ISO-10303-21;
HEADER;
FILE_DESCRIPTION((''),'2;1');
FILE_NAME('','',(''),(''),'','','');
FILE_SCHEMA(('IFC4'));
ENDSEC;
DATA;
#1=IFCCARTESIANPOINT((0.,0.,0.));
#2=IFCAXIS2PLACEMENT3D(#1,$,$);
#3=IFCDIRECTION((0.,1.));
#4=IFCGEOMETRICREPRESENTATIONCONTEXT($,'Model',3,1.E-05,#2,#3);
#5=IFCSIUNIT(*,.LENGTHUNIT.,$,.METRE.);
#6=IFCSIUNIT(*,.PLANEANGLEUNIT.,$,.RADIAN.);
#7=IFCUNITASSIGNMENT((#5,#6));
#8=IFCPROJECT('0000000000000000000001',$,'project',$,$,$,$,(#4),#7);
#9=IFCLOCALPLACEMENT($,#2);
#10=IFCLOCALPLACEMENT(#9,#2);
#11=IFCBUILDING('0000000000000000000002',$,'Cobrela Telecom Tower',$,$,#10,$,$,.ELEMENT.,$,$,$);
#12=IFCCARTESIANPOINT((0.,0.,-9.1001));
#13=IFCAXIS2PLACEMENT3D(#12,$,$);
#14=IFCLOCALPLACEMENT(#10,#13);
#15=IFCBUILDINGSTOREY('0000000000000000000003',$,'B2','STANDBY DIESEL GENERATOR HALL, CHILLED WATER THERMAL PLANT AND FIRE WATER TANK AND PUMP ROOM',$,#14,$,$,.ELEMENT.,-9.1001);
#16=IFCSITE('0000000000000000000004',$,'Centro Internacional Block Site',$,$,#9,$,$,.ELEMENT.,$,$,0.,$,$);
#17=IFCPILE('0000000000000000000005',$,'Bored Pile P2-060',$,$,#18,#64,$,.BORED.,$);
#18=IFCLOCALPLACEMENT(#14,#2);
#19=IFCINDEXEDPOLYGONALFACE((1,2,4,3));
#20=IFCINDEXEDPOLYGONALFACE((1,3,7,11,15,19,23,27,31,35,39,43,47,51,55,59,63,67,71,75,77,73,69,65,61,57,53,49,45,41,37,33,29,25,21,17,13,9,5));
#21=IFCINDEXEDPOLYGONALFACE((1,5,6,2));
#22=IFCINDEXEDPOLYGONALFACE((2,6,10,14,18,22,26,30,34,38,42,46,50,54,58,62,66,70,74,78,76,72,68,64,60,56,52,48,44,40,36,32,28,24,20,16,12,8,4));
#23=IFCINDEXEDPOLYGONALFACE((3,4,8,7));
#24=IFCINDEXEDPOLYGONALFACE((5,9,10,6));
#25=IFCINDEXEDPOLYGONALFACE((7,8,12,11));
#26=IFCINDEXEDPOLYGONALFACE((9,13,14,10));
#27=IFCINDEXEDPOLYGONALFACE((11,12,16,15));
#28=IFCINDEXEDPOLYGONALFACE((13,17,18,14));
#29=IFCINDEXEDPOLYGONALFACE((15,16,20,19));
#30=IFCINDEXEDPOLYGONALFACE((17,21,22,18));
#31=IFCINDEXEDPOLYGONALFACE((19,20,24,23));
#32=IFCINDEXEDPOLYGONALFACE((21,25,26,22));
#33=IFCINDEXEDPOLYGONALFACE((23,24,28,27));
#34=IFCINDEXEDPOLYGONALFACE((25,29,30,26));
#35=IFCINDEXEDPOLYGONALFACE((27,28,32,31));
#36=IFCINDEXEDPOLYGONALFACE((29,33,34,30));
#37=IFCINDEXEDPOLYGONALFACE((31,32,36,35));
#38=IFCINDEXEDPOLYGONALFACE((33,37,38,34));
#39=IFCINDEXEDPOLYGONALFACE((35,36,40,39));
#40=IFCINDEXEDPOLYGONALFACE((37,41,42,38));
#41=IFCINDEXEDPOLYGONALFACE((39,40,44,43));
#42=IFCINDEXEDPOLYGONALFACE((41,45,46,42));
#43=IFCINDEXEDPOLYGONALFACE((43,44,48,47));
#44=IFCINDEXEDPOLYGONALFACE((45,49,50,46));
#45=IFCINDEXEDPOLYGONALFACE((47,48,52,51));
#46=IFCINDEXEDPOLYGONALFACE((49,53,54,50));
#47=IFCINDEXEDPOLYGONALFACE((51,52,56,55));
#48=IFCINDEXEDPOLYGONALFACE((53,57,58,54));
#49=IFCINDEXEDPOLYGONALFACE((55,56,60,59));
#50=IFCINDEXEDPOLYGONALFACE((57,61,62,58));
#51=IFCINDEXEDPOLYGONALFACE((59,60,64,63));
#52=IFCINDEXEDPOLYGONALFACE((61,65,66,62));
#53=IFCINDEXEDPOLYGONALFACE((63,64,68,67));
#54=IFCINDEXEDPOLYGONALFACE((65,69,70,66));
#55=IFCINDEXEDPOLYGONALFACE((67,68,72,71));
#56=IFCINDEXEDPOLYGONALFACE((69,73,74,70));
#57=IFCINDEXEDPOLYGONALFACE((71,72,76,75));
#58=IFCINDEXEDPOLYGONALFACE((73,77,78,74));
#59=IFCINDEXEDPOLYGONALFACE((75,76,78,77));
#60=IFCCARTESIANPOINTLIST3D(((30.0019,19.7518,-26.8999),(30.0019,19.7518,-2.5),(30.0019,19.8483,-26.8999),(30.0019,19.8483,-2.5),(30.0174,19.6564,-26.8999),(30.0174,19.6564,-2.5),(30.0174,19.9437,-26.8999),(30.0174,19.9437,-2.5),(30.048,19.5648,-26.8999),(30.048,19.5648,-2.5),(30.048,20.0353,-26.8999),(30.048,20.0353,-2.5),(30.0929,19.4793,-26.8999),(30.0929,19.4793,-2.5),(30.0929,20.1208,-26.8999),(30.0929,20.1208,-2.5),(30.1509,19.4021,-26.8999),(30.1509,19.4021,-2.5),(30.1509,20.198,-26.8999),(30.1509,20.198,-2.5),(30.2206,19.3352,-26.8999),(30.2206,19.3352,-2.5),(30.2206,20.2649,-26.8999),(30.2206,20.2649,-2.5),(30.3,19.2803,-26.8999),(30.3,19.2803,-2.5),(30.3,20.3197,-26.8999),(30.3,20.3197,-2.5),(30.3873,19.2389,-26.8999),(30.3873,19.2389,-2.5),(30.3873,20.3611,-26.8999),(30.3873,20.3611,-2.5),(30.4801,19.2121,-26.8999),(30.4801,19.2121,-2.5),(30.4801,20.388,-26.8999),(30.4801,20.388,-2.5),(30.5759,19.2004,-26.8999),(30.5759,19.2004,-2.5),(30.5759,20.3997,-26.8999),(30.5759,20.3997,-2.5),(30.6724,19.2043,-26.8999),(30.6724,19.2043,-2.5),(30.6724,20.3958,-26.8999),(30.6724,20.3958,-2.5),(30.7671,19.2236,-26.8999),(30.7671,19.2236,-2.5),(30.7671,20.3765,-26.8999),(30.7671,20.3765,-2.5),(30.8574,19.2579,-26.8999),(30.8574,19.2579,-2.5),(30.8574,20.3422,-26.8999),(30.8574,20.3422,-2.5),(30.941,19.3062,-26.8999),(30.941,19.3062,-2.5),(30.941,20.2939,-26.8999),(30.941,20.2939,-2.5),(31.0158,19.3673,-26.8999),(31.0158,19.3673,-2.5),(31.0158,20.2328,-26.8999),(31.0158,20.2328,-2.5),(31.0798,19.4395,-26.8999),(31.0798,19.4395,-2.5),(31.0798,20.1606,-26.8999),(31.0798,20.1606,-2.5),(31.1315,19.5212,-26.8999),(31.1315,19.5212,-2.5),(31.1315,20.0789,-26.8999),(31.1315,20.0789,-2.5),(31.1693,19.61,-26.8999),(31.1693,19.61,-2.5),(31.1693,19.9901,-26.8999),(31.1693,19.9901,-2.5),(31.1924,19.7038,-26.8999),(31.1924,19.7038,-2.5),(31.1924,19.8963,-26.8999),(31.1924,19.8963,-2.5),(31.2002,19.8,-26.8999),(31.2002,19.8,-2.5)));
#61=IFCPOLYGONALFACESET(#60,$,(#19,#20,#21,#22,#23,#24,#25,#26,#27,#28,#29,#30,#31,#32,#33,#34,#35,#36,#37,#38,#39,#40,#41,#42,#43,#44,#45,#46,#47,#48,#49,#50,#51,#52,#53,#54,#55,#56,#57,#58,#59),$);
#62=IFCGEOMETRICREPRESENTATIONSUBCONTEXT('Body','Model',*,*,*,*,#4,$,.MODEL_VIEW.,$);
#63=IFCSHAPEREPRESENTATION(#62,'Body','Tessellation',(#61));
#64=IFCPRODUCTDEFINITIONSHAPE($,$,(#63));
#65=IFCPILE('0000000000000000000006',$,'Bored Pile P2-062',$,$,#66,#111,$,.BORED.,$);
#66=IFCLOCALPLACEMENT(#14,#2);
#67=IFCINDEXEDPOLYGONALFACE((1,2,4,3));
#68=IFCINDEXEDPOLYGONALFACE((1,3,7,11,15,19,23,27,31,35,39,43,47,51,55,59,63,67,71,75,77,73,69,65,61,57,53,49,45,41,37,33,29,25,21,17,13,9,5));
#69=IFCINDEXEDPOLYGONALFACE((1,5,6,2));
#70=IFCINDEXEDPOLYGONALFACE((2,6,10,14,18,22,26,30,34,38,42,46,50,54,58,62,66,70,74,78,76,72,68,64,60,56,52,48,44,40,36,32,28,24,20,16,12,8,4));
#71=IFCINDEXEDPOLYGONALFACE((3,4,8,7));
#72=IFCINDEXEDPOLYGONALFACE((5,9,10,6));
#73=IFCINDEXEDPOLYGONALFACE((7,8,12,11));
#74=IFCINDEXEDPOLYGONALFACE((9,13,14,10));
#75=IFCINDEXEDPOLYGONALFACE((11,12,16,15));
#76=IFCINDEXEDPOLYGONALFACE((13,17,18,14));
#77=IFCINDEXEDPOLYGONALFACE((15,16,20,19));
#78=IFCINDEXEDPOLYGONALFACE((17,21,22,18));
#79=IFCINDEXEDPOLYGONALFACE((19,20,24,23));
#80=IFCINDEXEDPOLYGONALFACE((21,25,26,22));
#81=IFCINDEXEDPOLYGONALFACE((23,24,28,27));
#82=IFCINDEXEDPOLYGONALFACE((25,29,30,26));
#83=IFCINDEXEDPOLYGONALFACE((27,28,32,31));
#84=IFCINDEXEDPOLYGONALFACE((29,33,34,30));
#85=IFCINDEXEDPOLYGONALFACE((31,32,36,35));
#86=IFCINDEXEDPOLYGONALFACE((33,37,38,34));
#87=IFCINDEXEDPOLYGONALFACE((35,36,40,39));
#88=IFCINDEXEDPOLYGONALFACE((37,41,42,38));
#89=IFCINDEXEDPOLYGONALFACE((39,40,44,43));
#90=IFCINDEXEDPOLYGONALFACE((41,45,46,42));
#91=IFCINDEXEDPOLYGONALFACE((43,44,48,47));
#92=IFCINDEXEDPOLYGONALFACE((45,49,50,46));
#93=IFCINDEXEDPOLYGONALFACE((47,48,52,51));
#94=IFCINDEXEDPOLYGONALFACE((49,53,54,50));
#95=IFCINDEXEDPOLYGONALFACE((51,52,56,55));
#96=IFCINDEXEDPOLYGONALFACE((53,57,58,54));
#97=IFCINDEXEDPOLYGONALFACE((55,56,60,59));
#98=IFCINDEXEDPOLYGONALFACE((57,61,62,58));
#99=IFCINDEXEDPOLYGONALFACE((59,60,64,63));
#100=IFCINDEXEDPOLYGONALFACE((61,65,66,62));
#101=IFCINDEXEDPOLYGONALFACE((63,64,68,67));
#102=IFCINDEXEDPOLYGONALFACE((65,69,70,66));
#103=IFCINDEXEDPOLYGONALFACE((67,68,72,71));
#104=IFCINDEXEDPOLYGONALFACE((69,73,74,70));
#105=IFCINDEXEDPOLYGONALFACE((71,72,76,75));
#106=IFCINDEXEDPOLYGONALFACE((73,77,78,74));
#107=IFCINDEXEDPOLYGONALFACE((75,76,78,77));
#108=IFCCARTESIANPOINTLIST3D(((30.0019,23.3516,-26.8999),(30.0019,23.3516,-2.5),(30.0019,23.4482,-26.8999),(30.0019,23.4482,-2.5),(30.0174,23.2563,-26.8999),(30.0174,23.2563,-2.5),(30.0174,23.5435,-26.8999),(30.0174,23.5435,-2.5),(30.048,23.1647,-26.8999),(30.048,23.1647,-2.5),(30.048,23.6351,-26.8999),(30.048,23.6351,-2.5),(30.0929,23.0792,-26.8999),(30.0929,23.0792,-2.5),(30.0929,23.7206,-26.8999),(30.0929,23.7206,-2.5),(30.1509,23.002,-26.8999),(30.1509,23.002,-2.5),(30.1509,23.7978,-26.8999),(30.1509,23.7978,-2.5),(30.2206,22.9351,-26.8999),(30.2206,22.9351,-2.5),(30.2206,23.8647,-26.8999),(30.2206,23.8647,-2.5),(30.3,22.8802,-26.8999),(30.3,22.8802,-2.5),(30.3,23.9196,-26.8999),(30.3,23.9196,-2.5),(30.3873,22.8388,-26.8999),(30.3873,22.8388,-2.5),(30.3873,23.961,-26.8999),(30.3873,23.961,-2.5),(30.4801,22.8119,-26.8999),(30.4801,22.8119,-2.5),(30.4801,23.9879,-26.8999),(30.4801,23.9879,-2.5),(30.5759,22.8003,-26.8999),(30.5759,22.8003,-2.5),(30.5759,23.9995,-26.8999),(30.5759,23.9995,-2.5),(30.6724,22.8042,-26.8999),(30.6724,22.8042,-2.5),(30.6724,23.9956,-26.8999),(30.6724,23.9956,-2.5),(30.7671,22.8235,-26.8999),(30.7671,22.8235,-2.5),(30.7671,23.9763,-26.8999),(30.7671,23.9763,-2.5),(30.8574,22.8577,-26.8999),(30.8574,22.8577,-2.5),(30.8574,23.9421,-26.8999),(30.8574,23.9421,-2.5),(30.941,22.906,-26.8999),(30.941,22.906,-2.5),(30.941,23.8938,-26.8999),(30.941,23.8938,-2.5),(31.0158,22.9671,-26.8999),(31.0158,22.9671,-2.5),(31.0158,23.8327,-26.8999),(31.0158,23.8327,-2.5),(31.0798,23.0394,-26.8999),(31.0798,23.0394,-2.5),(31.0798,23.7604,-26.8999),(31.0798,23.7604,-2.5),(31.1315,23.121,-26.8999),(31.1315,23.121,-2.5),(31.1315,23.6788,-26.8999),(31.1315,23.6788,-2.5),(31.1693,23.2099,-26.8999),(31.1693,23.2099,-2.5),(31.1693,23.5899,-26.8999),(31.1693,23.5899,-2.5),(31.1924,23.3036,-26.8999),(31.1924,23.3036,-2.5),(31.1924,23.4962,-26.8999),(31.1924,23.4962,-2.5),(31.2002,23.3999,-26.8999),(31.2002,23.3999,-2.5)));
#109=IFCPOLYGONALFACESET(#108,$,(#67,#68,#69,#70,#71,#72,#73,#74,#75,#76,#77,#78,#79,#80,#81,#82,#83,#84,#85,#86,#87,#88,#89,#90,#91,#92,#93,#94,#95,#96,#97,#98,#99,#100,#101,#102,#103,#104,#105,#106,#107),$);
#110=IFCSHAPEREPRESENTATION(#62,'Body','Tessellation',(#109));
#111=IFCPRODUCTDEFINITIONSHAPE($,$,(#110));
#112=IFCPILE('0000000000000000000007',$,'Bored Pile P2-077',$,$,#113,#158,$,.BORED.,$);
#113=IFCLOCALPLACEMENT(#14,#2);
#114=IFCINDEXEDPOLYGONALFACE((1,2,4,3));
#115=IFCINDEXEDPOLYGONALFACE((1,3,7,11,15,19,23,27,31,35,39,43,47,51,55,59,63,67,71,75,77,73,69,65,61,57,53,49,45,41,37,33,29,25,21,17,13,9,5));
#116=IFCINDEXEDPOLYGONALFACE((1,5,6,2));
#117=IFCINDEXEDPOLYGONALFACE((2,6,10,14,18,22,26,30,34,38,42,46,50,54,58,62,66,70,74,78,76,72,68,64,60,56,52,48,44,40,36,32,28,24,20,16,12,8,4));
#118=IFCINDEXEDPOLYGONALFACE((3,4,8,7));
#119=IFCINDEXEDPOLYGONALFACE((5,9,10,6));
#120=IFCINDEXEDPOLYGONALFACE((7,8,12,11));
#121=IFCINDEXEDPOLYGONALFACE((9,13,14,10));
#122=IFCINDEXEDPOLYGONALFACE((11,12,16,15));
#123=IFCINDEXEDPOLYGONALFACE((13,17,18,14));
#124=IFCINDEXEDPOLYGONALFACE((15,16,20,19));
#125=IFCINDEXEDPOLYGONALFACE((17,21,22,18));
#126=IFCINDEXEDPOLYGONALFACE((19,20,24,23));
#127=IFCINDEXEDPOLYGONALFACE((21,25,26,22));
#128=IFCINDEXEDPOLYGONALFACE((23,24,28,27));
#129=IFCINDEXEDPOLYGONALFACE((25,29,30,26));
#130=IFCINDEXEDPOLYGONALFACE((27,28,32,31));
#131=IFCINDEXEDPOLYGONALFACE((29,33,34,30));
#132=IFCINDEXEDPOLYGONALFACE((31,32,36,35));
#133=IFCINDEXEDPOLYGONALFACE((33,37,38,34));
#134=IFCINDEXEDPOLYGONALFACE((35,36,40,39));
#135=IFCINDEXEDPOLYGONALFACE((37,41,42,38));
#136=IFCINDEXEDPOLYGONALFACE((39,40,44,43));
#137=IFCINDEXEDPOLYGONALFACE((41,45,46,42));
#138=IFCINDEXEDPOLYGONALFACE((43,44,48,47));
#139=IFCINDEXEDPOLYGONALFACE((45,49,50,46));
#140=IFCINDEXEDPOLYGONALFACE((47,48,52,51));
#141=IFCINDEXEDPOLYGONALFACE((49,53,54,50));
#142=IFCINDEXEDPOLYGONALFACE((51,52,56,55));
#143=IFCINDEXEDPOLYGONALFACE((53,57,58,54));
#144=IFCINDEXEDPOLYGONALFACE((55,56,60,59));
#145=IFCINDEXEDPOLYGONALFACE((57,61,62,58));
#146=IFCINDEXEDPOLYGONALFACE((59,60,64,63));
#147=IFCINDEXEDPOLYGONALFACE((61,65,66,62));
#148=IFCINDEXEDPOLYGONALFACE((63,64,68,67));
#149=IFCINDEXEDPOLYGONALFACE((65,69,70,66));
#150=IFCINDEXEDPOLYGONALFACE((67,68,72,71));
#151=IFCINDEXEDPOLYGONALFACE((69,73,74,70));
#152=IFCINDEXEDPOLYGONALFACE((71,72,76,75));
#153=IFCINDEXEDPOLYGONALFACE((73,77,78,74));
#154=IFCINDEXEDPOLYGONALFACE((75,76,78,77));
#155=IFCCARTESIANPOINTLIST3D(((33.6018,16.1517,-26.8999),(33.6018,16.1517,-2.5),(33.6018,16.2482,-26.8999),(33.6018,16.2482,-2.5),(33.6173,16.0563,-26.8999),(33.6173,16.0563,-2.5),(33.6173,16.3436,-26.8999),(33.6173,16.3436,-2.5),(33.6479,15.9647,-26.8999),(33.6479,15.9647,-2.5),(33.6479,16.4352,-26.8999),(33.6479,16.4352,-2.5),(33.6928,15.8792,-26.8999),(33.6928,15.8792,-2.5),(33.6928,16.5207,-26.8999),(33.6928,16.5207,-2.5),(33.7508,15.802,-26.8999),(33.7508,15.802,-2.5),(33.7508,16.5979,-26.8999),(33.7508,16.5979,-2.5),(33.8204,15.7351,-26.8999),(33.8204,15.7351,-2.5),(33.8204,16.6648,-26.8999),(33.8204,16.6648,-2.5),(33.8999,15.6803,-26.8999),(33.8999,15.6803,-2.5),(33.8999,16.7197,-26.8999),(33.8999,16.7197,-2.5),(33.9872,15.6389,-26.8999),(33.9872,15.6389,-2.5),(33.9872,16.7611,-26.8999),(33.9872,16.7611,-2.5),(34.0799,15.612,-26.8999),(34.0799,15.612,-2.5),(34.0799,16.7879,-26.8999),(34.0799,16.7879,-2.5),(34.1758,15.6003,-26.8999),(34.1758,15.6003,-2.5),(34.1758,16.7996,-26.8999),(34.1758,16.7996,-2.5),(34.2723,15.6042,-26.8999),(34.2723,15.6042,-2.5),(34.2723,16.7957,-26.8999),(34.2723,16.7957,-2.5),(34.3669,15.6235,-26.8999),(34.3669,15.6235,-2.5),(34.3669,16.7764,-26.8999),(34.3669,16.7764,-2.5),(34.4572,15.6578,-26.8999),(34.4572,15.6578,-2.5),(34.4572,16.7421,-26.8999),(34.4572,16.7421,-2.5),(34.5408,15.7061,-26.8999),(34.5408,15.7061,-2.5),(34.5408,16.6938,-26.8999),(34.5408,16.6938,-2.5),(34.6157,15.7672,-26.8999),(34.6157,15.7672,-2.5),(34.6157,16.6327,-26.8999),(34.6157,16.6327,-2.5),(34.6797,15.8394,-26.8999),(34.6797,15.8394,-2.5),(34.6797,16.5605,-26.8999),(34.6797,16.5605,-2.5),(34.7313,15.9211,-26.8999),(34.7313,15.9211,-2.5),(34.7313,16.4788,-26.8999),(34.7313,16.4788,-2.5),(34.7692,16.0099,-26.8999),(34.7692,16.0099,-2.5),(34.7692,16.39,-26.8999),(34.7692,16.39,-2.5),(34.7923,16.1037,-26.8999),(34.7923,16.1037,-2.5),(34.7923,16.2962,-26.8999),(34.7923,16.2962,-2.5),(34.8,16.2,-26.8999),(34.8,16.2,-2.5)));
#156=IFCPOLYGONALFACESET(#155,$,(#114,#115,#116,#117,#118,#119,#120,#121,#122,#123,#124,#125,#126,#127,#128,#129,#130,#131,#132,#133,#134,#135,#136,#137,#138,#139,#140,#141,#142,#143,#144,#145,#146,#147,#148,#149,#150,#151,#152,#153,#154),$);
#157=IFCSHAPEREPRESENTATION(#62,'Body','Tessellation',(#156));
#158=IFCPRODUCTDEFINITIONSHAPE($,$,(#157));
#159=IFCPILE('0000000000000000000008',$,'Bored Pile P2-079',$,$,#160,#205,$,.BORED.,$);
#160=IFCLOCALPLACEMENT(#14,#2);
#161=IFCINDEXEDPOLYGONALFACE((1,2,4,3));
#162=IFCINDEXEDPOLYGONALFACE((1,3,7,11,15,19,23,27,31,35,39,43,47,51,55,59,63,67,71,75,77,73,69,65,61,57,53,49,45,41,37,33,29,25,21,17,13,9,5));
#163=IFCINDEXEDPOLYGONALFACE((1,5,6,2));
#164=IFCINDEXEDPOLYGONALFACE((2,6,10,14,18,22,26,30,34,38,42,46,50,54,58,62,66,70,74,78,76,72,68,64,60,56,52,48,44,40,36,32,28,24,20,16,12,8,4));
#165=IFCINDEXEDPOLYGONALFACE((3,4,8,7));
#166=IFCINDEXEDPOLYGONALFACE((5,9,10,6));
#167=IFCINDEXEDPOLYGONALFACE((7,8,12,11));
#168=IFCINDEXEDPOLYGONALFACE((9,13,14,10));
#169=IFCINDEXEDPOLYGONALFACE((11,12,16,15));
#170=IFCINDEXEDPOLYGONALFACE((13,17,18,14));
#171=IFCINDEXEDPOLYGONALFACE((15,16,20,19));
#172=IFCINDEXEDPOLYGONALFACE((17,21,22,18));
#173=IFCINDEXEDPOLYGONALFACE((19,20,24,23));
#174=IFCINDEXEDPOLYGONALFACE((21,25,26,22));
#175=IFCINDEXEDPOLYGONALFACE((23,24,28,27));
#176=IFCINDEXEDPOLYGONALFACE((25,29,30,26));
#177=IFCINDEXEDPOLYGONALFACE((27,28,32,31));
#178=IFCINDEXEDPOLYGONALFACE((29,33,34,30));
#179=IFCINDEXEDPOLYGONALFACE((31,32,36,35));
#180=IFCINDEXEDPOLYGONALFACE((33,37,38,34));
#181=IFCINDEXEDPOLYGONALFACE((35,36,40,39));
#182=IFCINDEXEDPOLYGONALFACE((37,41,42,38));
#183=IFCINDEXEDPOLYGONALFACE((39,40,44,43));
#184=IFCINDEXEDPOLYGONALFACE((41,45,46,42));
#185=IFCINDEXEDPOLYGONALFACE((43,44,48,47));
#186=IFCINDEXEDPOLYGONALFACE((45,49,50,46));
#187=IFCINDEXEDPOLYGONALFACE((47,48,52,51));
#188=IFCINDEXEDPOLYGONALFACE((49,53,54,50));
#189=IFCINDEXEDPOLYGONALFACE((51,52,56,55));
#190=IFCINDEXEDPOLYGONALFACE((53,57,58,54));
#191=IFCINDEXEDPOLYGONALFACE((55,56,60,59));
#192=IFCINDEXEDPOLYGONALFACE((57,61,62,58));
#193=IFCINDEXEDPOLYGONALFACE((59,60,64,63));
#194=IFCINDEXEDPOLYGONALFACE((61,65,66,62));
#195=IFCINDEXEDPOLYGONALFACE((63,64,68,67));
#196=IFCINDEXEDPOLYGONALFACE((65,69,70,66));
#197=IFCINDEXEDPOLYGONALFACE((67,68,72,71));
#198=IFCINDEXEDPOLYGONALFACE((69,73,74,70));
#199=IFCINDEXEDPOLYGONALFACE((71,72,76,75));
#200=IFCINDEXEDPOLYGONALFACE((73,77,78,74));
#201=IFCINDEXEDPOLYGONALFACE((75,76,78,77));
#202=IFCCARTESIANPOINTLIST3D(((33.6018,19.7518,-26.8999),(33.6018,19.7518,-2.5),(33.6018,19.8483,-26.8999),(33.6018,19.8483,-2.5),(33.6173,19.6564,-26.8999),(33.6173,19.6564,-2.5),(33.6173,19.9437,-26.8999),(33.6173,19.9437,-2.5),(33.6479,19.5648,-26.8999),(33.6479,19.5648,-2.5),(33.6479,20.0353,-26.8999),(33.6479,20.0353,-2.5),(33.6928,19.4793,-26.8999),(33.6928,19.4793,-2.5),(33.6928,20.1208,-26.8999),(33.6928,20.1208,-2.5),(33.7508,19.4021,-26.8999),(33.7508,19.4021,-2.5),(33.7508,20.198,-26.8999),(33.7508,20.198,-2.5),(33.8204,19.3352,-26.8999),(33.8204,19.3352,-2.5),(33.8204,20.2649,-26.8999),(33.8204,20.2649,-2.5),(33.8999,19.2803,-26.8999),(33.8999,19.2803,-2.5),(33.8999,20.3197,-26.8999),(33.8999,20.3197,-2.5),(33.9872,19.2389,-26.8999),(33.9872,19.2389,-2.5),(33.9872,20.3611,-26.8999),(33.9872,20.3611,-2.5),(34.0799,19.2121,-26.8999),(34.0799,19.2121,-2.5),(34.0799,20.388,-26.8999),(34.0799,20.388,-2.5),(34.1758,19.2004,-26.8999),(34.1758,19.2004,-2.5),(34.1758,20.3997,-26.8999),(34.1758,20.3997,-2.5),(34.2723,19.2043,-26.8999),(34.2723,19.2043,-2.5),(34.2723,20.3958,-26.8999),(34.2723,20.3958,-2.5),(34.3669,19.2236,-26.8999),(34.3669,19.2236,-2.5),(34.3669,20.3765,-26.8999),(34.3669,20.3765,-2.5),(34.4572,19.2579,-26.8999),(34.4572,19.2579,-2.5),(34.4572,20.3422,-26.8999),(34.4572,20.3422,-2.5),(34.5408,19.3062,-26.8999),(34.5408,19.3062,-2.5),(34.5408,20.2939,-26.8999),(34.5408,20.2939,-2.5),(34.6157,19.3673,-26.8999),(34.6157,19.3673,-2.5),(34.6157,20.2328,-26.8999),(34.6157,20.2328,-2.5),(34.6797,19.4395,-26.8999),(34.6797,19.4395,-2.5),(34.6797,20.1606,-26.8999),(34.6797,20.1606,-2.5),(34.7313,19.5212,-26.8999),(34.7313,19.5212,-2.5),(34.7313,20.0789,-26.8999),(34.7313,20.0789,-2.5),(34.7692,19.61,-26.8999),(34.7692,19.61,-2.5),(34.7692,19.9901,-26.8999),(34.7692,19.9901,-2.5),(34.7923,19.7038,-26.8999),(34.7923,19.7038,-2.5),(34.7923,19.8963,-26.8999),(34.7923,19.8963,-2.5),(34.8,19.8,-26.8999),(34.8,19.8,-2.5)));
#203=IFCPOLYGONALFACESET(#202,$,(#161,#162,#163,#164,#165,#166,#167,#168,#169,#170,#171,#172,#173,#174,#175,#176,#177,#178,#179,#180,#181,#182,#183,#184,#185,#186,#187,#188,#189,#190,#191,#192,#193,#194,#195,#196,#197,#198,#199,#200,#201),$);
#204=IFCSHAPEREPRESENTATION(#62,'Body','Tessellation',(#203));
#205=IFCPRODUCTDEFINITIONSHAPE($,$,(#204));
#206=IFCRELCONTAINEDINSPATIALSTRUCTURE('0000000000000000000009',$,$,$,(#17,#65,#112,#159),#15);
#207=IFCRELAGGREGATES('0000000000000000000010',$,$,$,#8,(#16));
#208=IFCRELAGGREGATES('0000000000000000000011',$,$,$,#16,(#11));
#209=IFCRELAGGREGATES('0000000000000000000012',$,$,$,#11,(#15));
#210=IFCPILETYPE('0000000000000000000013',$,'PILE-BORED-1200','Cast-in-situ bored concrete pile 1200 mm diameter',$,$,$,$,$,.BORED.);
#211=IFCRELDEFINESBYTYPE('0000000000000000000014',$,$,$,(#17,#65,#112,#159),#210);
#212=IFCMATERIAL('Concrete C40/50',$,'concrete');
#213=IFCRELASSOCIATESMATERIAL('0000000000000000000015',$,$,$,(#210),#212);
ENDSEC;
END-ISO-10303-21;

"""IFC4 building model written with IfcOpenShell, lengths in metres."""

from ifc_helpers import new_model, si_unit, direction, frame, origin, origin_2d, place, context, subcontext, project, spatial, circle, extrude, material, material_profile, profile_set, type_object, element, save


model = new_model("IFC4")

# Units and contexts
model_context = context("Model", 3, precision=1e-05, world=origin(), true_north=direction((0.0, 1.0)))
body_context = subcontext(model_context, "Body", "Model", "MODEL_VIEW")
ifc_project = project(units=[si_unit("LENGTHUNIT", "METRE"), si_unit("PLANEANGLEUNIT", "RADIAN")], contexts=[model_context])

# Site, building, storey
site_placement = place(None, origin())
site = spatial("IfcSite", under=ifc_project, at=site_placement, Name="Centro Internacional Block Site", CompositionType="ELEMENT", RefElevation=0.0)
building_placement = place(site_placement, origin())
building = spatial("IfcBuilding", under=site, at=building_placement, Name="Cobrela Telecom Tower", CompositionType="ELEMENT")
storey_placement = place(building_placement, frame((0.0, 0.0, -9.1001)))
storey = spatial("IfcBuildingStorey", under=building, at=storey_placement, Name="B2", Description="STANDBY DIESEL GENERATOR HALL, CHILLED WATER THERMAL PLANT AND FIRE WATER TANK AND PUMP ROOM", CompositionType="ELEMENT", Elevation=-9.1001)

# Shared definitions
ifc_material_1 = material(Name="Concrete C40/50", Category="concrete")

# Piles
ifc_material_profile_1 = material_profile(ifc_material_1, circle(Radius=0.6001, at=origin_2d()), Name="BORED PILE D1200")
ifc_profile_set_1 = profile_set([ifc_material_profile_1], Name="Concrete C40/50")
pile_type = type_object("IfcPileType", Name="PILE-BORED-1200", Description="Cast-in-situ bored concrete pile 1200 mm diameter", PredefinedType="BORED", material=ifc_profile_set_1)
for number, where, z_axis, x_axis, name in (
    (1, (30.6001, 19.8, -2.5), (0.0, 0.0, -1.0), (1.0, 0.0, 0.0), "Bored Pile P2-060"),
    (2, (30.6001, 23.3999, -2.5), (0.0, 0.0, -1.0), (1.0, 0.0, 0.0), "Bored Pile P2-062"),
    (3, (34.2, 16.2, -2.5), (0.0, 0.0, -1.0), (1.0, 0.0, 0.0), "Bored Pile P2-077"),
    (4, (34.2, 19.8, -2.5), (0.0, 0.0, -1.0), (1.0, 0.0, 0.0), "Bored Pile P2-079"),
):
    element("IfcPile", number, at=place(storey_placement, frame(where, z_axis=z_axis, x_axis=x_axis)), inside=storey, type_object=pile_type, Name=name, PredefinedType="BORED", context=body_context, shape_type="SweptSolid", body=[
        extrude(circle(Radius=0.6001, at=origin_2d()), origin(), (0.0, 0.0, 1.0), 24.3999),
    ])

save(model, "model.ifc")
